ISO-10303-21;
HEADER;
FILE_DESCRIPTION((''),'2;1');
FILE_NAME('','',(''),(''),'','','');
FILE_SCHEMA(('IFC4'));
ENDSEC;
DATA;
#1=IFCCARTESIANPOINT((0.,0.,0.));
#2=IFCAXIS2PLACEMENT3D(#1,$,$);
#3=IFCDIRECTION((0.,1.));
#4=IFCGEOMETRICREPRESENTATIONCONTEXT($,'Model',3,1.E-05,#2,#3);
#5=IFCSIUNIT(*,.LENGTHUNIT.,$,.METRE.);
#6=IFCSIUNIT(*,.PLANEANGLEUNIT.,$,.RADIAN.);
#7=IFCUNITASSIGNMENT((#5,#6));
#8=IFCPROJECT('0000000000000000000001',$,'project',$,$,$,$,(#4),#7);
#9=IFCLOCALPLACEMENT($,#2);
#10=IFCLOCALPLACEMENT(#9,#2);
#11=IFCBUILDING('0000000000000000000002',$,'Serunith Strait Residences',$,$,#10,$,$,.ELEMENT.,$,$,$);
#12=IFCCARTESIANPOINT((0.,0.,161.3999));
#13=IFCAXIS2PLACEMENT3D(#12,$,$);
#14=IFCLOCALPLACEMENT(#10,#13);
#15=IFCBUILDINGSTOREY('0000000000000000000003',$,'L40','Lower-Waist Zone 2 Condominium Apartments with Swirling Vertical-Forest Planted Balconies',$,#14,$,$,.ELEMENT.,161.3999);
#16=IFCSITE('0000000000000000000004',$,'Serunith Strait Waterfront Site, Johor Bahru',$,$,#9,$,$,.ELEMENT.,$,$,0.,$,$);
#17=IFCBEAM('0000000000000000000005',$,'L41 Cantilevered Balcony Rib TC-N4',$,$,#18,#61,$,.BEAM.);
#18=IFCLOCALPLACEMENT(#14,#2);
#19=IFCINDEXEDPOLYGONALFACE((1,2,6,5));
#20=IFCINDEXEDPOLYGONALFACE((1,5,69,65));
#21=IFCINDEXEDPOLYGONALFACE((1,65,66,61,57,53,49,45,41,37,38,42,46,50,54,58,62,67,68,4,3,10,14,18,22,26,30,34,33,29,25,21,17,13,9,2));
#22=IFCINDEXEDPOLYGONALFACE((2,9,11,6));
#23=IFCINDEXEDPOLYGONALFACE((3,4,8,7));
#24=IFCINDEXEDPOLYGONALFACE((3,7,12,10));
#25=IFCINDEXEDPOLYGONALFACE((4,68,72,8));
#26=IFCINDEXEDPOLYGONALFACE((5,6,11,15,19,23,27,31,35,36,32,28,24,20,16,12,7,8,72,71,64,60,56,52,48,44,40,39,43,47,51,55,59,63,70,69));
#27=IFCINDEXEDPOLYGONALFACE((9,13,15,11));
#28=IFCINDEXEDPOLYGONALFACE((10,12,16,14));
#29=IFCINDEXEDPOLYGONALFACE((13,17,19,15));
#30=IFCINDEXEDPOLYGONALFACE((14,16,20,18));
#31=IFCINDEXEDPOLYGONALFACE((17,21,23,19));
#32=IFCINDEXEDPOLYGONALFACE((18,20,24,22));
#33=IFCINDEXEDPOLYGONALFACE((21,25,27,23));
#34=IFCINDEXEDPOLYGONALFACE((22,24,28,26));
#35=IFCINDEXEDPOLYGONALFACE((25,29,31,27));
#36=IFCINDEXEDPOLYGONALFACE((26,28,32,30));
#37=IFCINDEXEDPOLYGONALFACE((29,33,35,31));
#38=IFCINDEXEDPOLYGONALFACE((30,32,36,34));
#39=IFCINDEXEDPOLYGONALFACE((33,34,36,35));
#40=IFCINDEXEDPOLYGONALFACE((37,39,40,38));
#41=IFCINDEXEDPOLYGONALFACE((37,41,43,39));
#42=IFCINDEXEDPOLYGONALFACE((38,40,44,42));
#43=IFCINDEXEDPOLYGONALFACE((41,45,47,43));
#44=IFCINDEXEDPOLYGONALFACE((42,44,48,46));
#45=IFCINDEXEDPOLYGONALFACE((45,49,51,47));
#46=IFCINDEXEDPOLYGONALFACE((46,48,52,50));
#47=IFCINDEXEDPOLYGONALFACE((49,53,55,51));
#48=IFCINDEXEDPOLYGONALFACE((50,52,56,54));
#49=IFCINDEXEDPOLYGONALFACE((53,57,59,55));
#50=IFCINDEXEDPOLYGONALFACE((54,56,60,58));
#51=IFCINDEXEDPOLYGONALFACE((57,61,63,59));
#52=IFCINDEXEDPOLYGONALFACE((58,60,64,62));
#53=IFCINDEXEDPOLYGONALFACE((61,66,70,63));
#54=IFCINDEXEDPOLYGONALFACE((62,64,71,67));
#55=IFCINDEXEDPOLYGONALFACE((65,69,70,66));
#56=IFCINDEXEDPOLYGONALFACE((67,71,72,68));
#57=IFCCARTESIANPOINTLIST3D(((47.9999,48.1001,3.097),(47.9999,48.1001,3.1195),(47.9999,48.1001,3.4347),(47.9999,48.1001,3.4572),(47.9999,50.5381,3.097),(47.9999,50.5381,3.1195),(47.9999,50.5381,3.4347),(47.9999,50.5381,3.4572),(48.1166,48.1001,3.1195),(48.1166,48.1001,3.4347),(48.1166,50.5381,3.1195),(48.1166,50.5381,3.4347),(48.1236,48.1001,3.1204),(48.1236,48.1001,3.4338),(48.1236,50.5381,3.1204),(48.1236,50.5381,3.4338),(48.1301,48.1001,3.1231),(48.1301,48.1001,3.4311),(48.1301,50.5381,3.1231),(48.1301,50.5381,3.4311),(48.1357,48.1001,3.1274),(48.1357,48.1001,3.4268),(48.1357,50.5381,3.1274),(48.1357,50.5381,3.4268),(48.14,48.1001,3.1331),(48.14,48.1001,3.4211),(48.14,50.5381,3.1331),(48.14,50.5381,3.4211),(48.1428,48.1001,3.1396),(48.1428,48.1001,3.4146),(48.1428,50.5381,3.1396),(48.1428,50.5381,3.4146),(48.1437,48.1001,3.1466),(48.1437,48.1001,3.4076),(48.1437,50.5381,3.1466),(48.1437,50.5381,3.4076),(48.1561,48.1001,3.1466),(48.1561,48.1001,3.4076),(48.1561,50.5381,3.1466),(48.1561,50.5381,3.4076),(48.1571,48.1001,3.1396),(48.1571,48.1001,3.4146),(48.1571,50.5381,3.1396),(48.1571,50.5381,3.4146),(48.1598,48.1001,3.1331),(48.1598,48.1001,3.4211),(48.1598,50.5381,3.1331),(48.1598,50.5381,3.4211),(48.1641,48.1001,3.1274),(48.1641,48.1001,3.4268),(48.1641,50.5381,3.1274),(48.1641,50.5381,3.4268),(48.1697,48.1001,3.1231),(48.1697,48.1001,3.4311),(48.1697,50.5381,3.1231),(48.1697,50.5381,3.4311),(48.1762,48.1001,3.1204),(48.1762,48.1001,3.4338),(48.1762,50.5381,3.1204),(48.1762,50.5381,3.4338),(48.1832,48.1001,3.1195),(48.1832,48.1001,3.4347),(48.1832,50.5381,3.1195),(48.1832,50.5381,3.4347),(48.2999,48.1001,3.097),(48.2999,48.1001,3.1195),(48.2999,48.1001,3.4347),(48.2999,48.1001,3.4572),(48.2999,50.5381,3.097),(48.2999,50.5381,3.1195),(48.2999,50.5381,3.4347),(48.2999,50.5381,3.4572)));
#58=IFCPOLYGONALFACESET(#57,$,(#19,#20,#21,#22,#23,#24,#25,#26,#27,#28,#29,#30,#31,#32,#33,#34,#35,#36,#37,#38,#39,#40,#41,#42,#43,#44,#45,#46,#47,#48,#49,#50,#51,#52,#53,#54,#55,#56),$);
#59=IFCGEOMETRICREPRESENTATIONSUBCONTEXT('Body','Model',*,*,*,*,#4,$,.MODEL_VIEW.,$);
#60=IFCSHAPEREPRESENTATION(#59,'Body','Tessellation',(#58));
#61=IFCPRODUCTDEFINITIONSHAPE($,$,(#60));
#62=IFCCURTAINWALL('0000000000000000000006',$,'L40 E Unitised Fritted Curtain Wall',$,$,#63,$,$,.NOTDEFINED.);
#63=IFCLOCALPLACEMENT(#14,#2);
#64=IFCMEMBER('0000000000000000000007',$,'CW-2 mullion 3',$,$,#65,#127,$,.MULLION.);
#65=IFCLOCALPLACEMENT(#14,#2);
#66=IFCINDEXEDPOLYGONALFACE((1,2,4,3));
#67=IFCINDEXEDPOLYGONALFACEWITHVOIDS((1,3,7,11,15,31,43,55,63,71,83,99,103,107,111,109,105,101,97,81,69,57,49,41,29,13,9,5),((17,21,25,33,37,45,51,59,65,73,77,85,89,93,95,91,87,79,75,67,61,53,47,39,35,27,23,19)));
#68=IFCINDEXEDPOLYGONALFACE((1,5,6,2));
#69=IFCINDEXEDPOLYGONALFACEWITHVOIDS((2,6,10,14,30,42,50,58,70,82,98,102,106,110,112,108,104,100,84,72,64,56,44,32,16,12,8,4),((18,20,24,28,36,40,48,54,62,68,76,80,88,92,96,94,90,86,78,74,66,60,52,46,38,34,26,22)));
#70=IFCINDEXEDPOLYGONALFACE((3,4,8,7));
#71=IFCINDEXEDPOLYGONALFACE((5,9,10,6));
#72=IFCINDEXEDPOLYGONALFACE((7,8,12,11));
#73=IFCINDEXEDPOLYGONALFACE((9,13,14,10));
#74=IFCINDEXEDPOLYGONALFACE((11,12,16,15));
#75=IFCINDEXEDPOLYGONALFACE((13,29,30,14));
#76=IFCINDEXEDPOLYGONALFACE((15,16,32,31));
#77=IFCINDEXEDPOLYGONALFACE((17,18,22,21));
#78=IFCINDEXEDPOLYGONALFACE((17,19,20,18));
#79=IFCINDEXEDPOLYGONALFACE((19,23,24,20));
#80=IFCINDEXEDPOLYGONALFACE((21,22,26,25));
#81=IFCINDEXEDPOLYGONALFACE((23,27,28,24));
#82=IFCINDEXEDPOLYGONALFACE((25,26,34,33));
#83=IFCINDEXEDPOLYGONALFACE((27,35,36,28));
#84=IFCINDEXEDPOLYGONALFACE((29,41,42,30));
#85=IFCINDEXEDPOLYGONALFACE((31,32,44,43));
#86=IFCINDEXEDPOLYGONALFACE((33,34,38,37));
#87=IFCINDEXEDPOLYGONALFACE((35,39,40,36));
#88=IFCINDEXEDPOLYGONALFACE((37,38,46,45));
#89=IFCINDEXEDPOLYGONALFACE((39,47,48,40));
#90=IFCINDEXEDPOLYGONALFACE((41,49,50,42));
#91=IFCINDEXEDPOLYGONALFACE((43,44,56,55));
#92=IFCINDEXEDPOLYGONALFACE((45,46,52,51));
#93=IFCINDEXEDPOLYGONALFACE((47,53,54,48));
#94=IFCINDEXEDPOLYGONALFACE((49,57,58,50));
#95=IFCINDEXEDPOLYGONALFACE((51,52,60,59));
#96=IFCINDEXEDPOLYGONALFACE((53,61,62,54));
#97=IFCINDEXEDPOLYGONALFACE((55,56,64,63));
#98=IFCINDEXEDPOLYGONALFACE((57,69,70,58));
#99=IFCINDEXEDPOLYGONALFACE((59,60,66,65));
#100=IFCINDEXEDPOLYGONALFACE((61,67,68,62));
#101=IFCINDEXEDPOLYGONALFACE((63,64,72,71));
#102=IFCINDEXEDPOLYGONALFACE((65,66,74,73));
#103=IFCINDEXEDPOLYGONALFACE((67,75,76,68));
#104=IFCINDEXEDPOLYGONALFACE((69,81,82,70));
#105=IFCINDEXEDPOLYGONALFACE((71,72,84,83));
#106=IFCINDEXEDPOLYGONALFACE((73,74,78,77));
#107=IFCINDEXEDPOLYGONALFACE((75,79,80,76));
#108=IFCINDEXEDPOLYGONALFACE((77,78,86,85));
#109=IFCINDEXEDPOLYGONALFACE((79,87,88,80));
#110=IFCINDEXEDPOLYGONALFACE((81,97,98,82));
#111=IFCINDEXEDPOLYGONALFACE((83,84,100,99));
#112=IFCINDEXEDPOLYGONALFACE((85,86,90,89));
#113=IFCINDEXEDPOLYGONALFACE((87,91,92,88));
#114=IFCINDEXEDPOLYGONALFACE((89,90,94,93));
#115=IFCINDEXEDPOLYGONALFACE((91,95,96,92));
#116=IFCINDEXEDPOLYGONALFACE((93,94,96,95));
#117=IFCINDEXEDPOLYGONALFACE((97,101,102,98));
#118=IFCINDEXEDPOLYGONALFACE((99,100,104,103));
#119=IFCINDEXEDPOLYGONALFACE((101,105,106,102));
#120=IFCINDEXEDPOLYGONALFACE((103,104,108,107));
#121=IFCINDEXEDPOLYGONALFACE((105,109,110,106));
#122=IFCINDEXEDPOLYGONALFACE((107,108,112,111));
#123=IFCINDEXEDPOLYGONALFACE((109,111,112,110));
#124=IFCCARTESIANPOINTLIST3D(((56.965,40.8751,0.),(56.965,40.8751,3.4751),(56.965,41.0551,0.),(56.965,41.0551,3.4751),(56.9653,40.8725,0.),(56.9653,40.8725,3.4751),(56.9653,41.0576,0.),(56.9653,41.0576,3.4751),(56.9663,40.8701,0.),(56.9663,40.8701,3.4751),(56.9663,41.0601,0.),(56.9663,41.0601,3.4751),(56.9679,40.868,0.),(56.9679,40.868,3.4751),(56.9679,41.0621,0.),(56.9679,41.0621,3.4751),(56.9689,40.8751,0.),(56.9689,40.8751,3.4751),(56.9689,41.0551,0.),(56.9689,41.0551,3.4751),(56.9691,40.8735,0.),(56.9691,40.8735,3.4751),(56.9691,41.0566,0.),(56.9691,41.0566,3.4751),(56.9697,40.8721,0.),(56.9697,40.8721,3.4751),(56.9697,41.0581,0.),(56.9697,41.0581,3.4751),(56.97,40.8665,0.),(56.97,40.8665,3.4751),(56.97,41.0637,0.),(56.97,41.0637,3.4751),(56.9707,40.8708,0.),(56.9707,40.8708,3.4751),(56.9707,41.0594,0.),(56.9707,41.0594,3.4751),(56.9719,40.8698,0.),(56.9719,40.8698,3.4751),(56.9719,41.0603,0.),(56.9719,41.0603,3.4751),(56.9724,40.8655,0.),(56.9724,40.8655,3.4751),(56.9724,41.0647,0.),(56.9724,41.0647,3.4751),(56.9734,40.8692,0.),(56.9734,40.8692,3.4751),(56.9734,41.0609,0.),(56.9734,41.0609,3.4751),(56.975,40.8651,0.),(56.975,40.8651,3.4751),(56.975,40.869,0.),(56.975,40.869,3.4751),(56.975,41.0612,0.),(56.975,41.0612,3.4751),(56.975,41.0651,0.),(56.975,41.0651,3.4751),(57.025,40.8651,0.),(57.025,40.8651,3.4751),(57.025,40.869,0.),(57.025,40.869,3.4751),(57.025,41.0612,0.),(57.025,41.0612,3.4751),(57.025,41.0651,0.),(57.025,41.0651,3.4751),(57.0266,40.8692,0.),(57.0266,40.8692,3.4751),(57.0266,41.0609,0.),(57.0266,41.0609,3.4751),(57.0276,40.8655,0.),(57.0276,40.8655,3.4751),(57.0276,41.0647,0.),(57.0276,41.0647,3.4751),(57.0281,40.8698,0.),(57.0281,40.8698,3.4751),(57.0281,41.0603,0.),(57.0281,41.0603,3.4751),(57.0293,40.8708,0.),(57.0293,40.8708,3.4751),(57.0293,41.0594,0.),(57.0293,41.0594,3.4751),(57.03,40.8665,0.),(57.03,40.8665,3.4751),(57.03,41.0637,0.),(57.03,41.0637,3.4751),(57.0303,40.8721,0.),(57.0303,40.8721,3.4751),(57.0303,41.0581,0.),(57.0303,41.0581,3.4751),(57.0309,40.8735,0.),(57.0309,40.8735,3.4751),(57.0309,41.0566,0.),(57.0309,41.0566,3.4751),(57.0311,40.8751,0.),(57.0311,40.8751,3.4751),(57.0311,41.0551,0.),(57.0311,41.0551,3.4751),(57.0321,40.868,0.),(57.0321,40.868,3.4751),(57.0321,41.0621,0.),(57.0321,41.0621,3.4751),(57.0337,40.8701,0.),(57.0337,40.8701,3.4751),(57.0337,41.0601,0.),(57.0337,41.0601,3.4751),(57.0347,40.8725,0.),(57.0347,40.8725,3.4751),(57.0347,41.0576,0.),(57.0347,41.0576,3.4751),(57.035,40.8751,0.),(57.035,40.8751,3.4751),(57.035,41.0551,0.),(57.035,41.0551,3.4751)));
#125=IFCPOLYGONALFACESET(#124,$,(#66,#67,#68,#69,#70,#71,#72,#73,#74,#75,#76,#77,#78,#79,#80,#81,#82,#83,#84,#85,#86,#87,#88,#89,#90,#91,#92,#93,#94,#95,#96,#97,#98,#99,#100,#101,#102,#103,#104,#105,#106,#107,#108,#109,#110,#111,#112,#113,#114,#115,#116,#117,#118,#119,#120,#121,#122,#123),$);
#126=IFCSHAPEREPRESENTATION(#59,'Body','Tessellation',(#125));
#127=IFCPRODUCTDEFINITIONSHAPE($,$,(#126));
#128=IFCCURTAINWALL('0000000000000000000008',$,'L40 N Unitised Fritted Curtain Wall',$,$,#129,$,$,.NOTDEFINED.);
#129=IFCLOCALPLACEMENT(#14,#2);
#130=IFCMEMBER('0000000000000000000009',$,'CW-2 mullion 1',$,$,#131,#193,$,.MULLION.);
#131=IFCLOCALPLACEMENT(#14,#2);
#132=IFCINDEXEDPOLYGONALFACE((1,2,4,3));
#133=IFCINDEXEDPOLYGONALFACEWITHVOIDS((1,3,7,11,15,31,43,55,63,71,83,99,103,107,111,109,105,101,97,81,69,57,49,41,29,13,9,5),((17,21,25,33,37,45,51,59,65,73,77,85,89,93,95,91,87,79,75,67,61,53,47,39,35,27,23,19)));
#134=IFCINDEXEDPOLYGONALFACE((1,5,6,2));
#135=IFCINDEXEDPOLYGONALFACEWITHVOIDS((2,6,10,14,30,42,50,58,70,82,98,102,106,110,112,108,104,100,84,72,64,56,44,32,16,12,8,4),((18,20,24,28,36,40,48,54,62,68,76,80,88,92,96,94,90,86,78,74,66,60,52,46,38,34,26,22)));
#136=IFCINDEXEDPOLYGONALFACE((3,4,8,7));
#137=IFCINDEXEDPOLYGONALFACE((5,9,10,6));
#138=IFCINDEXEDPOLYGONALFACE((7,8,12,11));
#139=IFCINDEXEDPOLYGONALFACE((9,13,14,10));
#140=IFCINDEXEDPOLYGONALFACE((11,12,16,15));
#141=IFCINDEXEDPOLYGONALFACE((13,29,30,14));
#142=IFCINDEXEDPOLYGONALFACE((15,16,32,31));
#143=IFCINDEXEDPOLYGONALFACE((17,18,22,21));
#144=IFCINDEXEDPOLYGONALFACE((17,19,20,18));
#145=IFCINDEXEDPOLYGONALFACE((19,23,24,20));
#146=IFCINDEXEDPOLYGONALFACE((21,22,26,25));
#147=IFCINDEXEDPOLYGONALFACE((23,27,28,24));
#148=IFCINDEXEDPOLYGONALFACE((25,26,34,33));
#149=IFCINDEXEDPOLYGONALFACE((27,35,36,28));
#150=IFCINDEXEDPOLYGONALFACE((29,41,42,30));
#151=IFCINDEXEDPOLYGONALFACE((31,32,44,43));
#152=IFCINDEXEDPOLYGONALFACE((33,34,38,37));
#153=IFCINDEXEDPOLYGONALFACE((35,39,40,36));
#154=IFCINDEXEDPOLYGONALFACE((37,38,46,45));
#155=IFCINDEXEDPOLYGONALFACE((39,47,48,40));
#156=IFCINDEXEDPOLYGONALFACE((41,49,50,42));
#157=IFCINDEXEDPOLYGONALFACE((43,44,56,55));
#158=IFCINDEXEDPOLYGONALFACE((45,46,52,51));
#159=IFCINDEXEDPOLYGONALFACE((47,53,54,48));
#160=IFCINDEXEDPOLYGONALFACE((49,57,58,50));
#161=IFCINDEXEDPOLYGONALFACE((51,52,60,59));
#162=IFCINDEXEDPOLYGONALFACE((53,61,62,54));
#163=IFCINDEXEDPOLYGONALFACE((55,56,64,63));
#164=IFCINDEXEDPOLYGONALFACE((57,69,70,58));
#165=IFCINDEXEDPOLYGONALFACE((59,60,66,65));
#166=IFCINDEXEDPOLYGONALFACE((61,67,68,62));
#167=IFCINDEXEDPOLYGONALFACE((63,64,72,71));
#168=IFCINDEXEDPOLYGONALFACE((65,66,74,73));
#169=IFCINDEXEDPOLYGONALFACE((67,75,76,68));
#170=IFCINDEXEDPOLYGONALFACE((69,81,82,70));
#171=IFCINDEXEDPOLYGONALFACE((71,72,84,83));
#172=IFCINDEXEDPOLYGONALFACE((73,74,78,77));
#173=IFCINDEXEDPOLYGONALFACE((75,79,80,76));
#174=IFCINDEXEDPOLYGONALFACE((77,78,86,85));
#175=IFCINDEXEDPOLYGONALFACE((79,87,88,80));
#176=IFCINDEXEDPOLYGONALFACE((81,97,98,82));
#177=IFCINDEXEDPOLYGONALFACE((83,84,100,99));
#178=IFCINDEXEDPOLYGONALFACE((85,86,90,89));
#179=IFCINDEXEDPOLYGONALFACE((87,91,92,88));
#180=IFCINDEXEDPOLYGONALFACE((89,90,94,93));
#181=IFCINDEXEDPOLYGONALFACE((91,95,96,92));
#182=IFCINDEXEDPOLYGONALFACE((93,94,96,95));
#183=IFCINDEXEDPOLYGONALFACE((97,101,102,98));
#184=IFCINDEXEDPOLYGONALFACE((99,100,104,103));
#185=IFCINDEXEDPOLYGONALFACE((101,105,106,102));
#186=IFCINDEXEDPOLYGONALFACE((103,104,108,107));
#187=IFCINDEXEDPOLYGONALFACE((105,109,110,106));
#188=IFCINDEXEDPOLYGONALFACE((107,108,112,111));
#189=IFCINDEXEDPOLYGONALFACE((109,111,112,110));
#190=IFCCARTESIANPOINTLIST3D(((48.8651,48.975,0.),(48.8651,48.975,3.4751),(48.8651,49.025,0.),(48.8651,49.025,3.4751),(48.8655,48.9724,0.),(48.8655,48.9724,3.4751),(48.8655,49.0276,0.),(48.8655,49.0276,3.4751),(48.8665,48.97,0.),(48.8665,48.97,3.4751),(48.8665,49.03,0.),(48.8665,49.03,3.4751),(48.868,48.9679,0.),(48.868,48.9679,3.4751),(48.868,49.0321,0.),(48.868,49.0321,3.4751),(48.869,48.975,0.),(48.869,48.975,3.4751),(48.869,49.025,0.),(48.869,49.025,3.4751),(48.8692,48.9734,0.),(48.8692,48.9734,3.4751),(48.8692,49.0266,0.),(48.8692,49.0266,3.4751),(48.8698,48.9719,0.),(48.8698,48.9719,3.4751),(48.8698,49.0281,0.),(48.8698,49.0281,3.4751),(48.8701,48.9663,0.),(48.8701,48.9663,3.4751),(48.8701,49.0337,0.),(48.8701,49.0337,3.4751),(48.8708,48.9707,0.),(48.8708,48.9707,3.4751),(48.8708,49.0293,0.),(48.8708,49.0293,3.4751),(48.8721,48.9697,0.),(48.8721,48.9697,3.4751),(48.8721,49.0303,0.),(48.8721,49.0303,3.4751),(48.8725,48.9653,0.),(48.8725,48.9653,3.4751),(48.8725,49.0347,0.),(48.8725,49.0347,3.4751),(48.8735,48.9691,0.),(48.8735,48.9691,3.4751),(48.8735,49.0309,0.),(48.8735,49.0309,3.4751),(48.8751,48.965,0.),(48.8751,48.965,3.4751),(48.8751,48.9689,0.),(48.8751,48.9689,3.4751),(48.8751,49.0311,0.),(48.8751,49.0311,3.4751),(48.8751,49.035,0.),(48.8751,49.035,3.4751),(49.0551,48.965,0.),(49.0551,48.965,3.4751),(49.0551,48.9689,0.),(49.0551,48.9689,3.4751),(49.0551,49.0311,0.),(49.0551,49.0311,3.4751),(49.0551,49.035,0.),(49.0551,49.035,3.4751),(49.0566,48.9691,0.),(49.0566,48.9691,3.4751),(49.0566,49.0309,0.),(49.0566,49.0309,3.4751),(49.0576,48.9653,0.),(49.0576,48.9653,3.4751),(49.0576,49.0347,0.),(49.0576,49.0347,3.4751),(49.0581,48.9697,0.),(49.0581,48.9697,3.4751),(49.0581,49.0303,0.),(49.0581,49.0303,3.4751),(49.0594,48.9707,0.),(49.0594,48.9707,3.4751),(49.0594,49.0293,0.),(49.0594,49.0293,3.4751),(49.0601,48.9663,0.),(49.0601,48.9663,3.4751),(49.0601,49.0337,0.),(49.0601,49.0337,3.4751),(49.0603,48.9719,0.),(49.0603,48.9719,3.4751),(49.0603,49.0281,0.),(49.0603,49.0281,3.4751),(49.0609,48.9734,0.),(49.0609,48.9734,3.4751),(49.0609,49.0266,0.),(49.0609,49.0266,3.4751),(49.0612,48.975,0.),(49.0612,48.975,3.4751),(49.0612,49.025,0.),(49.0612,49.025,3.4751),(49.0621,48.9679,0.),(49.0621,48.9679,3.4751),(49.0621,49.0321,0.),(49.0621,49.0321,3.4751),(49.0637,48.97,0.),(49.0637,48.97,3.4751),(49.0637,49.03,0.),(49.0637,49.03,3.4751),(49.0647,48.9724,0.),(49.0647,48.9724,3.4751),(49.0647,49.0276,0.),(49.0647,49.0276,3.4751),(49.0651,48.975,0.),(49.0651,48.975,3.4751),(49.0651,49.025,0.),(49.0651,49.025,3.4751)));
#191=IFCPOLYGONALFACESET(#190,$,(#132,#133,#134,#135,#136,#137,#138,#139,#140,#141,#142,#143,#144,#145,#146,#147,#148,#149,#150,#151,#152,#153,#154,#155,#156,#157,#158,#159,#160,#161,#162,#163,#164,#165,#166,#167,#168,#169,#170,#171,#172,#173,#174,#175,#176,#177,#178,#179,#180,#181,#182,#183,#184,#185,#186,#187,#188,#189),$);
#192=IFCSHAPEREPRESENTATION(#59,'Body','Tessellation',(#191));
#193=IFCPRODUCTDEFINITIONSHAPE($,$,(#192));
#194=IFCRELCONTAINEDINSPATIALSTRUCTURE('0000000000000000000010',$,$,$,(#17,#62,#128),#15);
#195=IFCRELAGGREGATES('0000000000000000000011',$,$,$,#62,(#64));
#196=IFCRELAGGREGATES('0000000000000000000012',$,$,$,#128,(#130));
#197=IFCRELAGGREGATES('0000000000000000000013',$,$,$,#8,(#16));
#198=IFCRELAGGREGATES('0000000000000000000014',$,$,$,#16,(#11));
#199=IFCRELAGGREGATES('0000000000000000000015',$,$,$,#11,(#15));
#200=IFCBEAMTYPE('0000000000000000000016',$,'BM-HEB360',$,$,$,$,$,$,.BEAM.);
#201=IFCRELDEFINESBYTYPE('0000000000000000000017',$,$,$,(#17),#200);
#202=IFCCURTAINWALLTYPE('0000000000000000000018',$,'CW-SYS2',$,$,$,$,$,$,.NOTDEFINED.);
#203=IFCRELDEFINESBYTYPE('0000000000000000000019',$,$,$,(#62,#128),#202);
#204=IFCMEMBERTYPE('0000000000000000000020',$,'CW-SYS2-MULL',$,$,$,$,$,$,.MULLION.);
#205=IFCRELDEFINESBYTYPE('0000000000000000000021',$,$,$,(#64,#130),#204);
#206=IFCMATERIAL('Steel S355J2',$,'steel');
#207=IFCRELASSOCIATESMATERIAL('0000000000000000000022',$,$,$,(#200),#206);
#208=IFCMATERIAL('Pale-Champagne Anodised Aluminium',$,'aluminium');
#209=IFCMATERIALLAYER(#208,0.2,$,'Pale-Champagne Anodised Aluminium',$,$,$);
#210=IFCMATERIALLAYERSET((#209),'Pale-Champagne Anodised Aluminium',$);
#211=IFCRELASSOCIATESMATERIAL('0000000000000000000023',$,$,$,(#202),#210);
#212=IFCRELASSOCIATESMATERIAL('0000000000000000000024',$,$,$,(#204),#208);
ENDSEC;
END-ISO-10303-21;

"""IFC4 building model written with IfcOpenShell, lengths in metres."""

from ifc_helpers import new_model, si_unit, direction, frame, origin, origin_2d, place, context, subcontext, project, spatial, hollow_rectangle, i_section, extrude, source, transform, mapped, material, layer, layer_set, material_profile, profile_set, type_object, element, aggregate, save


model = new_model("IFC4")

# Units and contexts
model_context = context("Model", 3, precision=1e-05, world=origin(), true_north=direction((0.0, 1.0)))
body_context = subcontext(model_context, "Body", "Model", "MODEL_VIEW")
ifc_project = project(units=[si_unit("LENGTHUNIT", "METRE"), si_unit("PLANEANGLEUNIT", "RADIAN")], contexts=[model_context])

# Site, building, storey
site_placement = place(None, origin())
site = spatial("IfcSite", under=ifc_project, at=site_placement, Name="Serunith Strait Waterfront Site, Johor Bahru", CompositionType="ELEMENT", RefElevation=0.0)
building_placement = place(site_placement, origin())
building = spatial("IfcBuilding", under=site, at=building_placement, Name="Serunith Strait Residences", CompositionType="ELEMENT")
storey_placement = place(building_placement, frame((0.0, 0.0, 161.3999)))
storey = spatial("IfcBuildingStorey", under=building, at=storey_placement, Name="L40", Description="Lower-Waist Zone 2 Condominium Apartments with Swirling Vertical-Forest Planted Balconies", CompositionType="ELEMENT", Elevation=161.3999)

# Beam
ifc_material_1 = material(Name="Steel S355J2", Category="steel")
ifc_material_profile_1 = material_profile(ifc_material_1, i_section(OverallWidth=0.3, OverallDepth=0.3601, WebThickness=0.0125, FlangeThickness=0.0225, FilletRadius=0.0271, at=origin_2d()), Name="HEB 360")
ifc_profile_set_1 = profile_set([ifc_material_profile_1], Name="Steel S355J2")
beam_type_1 = type_object("IfcBeamType", Name="BM-HEB360", PredefinedType="BEAM", material=ifc_profile_set_1)
shared_shape_1 = source(origin(), body_context, "Body", "SweptSolid", [
    extrude(i_section(OverallWidth=0.3, OverallDepth=0.3601, WebThickness=0.0125, FlangeThickness=0.0225, FilletRadius=0.0271, at=origin_2d()), origin(), (0.0, 0.0, 1.0), 2.438),
])
beam_1_placement = place(storey_placement, frame((48.1499, 48.1001, 3.2771), z_axis=(0.0, 1.0, 0.0), x_axis=(-1.0, 0.0, 0.0)))
element("IfcBeam", 1, at=beam_1_placement, inside=storey, type_object=beam_type_1, Name="L41 Cantilevered Balcony Rib TC-N4", PredefinedType="BEAM", context=body_context, shape_type="MappedRepresentation", body=[
    mapped(shared_shape_1, transform((0.0, 0.0, 0.0), scale=1.0)),
])

# Curtain wall, member
ifc_material_2 = material(Name="Pale-Champagne Anodised Aluminium", Category="aluminium")
ifc_layer_1 = layer(ifc_material_2, 0.2, Name="Pale-Champagne Anodised Aluminium")
ifc_layer_set_1 = layer_set([ifc_layer_1], Name="Pale-Champagne Anodised Aluminium")
curtain_wall_type = type_object("IfcCurtainWallType", Name="CW-SYS2", PredefinedType="NOTDEFINED", material=ifc_layer_set_1)
curtain_wall_1_placement = place(storey_placement, origin())
curtain_wall_1 = element("IfcCurtainWall", 2, at=curtain_wall_1_placement, inside=storey, type_object=curtain_wall_type, Name="L40 E Unitised Fritted Curtain Wall", PredefinedType="NOTDEFINED")
ifc_material_profile_2 = material_profile(ifc_material_2, hollow_rectangle(XDim=0.0701, YDim=0.2, WallThickness=0.0039, InnerFilletRadius=0.0061, OuterFilletRadius=0.01, at=origin_2d()), Name="ALU 200x70x4")
ifc_profile_set_2 = profile_set([ifc_material_profile_2], Name="Pale-Champagne Anodised Aluminium")
member_type_1 = type_object("IfcMemberType", Name="CW-SYS2-MULL", PredefinedType="MULLION", material=ifc_profile_set_2)
shared_shape_2 = source(origin(), body_context, "Body", "SweptSolid", [
    extrude(hollow_rectangle(XDim=0.0701, YDim=0.2, WallThickness=0.0039, InnerFilletRadius=0.0061, OuterFilletRadius=0.01, at=origin_2d()), origin(), (0.0, 0.0, 1.0), 3.4751),
])
member_1_placement = place(storey_placement, frame((57.0, 40.9651, 0.0), z_axis=(0.0, 0.0, 1.0), x_axis=(-1.0, 0.0, 0.0)))
member_1 = element("IfcMember", 3, at=member_1_placement, type_object=member_type_1, Name="CW-2 mullion 3", PredefinedType="MULLION", context=body_context, shape_type="MappedRepresentation", body=[
    mapped(shared_shape_2, transform((0.0, 0.0, 0.0), scale=1.0)),
])
aggregate(curtain_wall_1, [member_1])

# Curtain wall, member
curtain_wall_2_placement = place(storey_placement, origin())
curtain_wall_2 = element("IfcCurtainWall", 4, at=curtain_wall_2_placement, inside=storey, type_object=curtain_wall_type, Name="L40 N Unitised Fritted Curtain Wall", PredefinedType="NOTDEFINED")
member_2_placement = place(storey_placement, frame((48.9651, 49.0, 0.0), z_axis=(0.0, 0.0, 1.0), x_axis=(0.0, -1.0, 0.0)))
member_2 = element("IfcMember", 5, at=member_2_placement, type_object=member_type_1, Name="CW-2 mullion 1", PredefinedType="MULLION", context=body_context, shape_type="MappedRepresentation", body=[
    mapped(shared_shape_2, transform((0.0, 0.0, 0.0), scale=1.0)),
])
aggregate(curtain_wall_2, [member_2])

save(model, "model.ifc")
